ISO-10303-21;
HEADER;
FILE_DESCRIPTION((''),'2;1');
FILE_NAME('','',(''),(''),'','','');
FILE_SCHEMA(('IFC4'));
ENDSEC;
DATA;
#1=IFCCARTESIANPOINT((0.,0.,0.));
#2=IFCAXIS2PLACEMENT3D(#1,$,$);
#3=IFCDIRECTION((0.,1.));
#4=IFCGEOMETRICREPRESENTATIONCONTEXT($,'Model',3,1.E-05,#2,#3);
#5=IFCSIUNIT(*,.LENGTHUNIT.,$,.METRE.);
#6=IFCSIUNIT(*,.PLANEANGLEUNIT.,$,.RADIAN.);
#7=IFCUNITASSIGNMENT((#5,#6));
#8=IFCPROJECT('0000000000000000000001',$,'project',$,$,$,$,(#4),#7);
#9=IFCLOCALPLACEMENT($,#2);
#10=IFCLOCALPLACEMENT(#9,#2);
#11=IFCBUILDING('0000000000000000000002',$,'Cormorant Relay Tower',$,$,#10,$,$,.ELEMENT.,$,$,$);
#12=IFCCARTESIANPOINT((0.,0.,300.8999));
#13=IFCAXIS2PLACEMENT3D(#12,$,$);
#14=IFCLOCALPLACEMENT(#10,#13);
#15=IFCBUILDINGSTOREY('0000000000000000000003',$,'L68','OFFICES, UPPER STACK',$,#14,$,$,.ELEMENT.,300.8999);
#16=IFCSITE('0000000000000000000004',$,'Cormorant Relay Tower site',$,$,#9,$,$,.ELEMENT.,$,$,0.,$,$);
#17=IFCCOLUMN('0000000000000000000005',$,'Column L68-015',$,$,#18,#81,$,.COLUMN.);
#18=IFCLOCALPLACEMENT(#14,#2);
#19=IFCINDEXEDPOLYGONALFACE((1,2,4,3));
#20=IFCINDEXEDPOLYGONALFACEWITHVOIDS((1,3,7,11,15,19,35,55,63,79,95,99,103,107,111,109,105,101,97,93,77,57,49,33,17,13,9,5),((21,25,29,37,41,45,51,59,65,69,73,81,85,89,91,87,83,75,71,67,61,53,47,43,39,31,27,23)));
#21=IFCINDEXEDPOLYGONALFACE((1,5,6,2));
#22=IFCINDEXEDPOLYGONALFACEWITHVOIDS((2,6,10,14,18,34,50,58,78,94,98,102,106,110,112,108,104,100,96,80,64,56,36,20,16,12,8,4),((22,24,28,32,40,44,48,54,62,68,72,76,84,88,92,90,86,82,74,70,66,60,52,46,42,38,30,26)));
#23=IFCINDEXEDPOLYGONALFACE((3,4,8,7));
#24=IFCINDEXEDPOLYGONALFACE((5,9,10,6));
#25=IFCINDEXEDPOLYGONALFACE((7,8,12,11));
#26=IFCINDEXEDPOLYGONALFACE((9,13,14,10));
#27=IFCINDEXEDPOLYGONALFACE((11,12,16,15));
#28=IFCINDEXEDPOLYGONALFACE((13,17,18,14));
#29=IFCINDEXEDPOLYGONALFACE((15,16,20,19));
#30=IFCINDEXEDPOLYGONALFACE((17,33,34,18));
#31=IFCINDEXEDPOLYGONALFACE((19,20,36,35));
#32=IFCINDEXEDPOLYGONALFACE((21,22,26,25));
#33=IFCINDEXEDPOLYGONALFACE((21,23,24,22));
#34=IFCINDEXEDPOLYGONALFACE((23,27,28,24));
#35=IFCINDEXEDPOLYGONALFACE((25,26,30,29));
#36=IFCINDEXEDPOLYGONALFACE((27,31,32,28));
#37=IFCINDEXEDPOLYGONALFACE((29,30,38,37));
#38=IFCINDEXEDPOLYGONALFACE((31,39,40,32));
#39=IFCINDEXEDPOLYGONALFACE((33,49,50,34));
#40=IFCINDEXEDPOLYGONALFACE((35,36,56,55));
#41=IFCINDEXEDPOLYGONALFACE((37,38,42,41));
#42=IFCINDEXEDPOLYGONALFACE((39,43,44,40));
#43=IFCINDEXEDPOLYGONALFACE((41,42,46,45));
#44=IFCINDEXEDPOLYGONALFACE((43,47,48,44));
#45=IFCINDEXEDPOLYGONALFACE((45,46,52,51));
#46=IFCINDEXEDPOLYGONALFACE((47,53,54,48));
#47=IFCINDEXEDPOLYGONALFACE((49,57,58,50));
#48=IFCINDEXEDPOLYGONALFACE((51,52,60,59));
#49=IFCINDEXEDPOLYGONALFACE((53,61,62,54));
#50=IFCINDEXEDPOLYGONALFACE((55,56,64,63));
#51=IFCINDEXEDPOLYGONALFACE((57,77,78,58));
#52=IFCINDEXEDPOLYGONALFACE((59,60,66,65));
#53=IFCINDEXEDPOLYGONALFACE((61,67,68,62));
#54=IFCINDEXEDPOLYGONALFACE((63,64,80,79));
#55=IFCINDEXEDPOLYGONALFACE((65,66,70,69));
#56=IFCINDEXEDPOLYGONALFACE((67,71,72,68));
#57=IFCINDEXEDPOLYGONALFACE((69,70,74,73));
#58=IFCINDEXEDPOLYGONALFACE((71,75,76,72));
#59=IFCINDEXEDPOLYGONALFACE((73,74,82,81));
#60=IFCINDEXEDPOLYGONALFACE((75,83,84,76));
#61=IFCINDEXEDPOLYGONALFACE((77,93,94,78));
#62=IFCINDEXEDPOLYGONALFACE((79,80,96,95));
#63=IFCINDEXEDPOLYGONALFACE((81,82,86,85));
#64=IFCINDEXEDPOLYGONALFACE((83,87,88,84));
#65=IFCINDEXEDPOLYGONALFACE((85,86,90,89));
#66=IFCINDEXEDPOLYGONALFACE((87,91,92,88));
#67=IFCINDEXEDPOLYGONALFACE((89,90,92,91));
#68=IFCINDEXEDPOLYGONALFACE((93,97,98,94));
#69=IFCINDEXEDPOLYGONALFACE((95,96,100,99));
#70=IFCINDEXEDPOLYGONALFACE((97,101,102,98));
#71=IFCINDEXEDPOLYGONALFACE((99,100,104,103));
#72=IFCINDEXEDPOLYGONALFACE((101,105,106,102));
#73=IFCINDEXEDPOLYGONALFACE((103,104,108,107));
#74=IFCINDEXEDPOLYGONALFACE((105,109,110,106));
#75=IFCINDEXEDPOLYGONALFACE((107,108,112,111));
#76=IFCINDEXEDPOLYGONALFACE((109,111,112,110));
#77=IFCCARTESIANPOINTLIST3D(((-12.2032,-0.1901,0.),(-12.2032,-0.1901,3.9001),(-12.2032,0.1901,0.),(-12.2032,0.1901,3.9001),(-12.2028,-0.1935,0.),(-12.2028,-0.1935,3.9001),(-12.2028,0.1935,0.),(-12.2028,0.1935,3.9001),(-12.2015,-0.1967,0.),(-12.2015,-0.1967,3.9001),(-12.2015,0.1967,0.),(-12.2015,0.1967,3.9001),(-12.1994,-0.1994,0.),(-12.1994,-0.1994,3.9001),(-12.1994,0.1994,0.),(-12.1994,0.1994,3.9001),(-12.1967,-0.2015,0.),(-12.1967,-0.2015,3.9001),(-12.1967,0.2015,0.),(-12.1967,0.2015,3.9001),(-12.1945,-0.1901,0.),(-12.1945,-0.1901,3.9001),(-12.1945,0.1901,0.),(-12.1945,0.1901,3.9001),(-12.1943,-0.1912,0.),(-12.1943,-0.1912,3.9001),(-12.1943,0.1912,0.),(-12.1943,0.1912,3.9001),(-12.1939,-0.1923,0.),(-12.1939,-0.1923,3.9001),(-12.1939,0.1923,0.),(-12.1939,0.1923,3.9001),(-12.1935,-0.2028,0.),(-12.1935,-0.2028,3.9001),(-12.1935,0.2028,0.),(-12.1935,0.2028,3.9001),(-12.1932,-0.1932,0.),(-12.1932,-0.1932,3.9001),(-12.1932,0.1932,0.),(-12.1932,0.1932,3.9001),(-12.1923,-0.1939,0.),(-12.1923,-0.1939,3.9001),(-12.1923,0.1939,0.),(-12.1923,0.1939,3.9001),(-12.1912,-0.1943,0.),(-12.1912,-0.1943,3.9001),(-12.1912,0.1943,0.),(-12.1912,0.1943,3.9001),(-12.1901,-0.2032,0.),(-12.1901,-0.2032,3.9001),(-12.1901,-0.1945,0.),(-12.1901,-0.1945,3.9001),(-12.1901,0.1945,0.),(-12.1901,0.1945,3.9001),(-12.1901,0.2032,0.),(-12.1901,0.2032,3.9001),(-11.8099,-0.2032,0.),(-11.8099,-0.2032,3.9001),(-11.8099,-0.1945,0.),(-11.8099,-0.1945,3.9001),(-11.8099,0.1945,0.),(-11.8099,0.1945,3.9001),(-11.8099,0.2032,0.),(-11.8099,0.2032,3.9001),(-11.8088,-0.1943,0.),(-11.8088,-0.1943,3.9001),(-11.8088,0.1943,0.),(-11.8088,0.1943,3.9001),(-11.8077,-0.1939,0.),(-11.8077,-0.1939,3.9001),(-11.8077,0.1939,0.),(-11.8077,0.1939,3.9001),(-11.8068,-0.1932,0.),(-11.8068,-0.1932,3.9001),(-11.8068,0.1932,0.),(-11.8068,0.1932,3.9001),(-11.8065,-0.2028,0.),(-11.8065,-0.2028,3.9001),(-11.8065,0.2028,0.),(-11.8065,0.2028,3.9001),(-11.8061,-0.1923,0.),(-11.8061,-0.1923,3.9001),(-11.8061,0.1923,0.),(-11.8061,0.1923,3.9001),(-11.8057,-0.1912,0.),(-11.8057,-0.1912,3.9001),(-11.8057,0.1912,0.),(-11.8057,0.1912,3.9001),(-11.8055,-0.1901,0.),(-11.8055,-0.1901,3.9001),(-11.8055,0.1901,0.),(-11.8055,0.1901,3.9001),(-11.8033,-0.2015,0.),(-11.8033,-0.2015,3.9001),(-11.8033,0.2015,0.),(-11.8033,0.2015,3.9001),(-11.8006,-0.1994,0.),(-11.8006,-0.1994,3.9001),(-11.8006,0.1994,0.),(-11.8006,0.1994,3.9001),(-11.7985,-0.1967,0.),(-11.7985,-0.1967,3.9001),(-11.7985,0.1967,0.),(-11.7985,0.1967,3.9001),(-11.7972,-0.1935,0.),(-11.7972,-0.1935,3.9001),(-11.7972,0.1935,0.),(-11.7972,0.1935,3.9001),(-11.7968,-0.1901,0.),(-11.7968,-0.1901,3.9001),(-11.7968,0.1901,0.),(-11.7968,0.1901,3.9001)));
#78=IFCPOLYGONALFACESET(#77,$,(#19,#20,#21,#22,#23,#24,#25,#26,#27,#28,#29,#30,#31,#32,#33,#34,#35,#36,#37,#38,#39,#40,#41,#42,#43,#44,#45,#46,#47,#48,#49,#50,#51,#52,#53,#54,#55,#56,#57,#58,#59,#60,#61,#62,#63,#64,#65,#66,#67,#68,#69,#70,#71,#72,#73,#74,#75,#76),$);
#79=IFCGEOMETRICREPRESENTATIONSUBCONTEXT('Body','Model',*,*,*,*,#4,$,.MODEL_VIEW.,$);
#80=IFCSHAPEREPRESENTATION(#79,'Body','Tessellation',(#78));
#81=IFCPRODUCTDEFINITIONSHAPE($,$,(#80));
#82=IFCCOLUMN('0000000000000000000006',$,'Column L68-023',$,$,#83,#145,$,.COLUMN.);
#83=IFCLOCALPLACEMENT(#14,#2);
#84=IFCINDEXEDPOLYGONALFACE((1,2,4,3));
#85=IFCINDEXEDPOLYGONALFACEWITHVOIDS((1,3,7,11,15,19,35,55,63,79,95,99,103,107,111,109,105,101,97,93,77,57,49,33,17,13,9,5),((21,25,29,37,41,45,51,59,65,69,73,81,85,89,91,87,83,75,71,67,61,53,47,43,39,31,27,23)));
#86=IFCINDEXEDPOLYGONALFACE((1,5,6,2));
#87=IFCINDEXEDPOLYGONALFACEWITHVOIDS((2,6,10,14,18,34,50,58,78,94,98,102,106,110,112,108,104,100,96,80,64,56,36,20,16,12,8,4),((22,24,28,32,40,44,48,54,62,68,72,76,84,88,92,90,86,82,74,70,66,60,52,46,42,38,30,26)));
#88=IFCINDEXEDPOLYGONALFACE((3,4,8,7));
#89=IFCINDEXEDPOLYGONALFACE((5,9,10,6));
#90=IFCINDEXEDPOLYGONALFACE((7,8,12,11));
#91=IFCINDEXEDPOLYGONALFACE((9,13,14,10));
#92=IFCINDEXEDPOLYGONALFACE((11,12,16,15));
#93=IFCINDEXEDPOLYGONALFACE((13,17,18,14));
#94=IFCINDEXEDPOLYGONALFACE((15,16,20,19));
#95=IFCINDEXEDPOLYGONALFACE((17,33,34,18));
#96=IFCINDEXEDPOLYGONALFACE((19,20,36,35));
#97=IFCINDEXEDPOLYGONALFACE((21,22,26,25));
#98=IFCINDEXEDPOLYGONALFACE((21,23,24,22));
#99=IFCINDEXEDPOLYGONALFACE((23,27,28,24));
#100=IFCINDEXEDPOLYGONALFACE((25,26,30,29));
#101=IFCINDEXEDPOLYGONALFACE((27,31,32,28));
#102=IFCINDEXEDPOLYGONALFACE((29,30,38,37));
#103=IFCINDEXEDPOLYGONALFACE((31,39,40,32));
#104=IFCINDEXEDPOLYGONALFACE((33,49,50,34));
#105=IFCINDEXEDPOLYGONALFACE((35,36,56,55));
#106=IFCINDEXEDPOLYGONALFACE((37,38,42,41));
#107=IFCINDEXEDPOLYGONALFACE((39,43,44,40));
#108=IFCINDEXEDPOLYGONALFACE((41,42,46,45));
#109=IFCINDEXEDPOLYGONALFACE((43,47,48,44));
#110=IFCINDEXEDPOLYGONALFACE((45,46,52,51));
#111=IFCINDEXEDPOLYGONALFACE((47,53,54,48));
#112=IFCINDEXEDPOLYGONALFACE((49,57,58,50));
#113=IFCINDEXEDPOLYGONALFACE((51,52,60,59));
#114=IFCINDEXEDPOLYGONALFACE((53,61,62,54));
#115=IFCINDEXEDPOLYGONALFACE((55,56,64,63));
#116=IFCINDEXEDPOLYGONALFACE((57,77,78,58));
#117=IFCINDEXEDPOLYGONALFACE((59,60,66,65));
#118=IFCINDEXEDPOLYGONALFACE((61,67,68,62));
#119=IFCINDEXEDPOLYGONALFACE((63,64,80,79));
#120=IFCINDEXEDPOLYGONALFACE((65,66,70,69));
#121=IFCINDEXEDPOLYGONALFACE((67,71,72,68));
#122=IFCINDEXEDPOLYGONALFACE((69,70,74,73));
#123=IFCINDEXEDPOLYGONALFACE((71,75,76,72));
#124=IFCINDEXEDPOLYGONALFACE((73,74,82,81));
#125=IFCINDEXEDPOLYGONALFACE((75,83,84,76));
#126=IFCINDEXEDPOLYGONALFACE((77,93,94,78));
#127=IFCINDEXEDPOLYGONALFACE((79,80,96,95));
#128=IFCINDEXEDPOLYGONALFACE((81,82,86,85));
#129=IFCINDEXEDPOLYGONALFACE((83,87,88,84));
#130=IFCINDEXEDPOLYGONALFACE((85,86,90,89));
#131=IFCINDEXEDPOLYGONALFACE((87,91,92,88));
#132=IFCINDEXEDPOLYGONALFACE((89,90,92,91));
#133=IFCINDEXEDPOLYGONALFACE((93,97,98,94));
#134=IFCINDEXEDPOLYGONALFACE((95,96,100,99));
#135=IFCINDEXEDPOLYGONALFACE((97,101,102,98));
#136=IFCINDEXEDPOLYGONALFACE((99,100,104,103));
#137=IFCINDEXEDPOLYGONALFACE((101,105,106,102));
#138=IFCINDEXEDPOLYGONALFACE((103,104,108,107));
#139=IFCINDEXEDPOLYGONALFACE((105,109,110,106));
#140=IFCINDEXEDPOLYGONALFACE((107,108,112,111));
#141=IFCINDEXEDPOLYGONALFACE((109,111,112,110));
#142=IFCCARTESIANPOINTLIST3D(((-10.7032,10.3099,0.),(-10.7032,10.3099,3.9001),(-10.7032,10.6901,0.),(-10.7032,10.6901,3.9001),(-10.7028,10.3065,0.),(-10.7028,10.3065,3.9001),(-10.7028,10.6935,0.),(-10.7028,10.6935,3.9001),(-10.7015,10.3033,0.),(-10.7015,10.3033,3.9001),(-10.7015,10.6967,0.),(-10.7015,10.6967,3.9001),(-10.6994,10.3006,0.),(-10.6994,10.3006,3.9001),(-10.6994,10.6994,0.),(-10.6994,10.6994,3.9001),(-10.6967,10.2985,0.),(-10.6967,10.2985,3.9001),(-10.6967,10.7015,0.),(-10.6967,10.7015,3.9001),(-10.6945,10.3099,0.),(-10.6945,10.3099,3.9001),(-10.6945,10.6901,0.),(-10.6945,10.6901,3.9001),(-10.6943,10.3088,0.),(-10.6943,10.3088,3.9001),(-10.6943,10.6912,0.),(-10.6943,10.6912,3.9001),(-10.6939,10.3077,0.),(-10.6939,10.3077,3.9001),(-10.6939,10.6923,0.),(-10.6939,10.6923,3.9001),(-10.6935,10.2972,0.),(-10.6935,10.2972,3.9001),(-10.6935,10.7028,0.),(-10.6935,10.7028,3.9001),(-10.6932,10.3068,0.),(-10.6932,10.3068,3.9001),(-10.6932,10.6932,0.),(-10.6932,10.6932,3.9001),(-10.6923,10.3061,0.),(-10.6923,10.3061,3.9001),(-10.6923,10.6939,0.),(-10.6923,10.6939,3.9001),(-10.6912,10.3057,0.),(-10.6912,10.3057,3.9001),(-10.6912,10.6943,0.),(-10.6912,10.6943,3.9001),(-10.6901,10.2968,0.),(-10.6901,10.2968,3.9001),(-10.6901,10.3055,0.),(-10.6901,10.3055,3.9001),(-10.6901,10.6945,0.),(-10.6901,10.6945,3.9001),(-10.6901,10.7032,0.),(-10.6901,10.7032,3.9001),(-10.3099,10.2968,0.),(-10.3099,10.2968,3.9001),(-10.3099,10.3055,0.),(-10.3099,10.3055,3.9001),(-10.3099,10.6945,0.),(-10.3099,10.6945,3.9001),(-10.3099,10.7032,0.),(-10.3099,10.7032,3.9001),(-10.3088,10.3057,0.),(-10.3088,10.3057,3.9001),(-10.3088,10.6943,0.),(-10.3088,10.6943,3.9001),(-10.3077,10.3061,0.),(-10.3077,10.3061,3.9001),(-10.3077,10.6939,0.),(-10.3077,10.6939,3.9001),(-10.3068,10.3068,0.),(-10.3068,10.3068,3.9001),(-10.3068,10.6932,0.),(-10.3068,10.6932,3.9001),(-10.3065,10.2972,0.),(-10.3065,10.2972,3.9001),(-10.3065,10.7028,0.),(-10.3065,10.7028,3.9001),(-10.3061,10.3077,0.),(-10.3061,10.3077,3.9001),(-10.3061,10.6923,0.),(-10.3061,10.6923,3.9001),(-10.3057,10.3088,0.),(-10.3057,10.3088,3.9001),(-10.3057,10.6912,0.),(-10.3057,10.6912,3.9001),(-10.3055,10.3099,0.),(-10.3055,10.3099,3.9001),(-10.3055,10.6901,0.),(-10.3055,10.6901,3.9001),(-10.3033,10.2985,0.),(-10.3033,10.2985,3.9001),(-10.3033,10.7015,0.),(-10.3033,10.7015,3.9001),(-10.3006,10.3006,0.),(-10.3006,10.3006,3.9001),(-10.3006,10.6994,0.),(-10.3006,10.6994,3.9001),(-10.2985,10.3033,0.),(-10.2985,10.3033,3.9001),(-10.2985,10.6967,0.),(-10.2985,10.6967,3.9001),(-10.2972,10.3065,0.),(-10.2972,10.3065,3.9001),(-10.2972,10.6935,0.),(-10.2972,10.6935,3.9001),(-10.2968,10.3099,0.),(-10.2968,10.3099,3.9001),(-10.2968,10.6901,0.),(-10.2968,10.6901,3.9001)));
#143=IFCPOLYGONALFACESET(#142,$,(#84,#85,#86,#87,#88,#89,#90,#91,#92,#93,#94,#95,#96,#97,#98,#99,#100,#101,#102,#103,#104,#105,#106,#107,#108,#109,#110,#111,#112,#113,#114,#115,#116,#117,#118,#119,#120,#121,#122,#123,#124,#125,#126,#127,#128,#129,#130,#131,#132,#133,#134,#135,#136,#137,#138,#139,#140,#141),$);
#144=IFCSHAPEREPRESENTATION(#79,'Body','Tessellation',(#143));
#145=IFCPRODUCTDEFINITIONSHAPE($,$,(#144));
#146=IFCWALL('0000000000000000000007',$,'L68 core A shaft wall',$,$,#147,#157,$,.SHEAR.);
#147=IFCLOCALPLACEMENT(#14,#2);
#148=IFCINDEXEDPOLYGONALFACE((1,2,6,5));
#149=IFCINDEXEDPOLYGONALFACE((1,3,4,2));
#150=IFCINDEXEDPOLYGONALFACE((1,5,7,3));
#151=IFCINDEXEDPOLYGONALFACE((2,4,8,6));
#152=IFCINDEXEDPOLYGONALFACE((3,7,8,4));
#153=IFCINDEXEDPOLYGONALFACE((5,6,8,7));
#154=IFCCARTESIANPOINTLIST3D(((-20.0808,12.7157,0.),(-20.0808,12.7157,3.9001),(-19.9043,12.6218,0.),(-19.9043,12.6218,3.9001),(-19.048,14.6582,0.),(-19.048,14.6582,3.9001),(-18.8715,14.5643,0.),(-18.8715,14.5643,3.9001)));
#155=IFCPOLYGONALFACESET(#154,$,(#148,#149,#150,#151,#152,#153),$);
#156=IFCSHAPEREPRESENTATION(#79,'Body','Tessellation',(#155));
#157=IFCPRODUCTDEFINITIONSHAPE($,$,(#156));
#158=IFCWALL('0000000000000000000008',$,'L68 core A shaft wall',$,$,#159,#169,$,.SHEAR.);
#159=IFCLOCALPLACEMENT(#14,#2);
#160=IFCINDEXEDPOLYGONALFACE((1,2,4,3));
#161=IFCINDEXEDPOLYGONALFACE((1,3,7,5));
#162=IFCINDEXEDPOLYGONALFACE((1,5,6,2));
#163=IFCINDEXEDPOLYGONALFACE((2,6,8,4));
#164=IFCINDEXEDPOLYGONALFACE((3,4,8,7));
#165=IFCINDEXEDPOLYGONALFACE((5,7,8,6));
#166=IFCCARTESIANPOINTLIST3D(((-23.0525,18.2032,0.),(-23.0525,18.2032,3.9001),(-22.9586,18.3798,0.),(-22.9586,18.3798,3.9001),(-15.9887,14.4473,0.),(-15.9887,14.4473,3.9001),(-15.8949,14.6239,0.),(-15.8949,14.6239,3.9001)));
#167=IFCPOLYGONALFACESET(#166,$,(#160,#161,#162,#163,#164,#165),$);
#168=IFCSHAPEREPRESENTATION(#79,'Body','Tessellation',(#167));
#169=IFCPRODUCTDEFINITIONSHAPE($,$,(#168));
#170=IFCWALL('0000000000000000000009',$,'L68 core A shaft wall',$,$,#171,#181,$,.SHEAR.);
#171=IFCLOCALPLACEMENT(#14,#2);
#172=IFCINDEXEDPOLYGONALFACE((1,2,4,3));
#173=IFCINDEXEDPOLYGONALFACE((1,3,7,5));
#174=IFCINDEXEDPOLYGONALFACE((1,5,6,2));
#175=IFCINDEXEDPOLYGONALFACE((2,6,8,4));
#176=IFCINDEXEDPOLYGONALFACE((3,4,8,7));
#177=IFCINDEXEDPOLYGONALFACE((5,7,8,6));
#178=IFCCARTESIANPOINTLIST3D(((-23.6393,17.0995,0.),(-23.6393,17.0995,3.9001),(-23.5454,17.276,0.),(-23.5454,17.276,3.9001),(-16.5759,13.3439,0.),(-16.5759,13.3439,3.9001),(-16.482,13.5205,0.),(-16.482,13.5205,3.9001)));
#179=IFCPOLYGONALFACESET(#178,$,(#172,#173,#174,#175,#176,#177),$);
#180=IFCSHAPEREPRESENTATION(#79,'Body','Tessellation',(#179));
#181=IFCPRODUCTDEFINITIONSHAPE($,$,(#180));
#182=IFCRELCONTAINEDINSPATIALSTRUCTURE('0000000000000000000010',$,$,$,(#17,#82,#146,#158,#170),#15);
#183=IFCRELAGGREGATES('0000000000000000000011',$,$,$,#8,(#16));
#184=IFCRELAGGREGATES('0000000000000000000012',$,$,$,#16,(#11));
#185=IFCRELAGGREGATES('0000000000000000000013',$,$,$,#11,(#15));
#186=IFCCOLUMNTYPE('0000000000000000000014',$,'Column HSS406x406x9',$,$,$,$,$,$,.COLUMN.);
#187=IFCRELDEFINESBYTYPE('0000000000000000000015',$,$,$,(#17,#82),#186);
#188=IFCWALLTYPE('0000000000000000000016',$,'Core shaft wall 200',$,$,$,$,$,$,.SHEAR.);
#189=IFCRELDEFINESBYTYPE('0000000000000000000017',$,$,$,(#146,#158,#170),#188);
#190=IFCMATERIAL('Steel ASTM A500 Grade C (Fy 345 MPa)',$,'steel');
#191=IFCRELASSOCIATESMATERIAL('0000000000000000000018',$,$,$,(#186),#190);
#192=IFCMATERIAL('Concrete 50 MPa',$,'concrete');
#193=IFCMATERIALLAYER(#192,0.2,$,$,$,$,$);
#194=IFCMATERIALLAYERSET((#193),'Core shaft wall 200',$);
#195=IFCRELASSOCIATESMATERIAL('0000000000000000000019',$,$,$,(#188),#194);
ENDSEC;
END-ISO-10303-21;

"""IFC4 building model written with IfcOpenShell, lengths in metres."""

from ifc_helpers import new_model, si_unit, direction, frame, frame_2d, origin, origin_2d, place, context, subcontext, project, spatial, rectangle, hollow_rectangle, extrude, material, layer, layer_set, material_profile, profile_set, type_object, element, save


model = new_model("IFC4")

# Units and contexts
model_context = context("Model", 3, precision=1e-05, world=origin(), true_north=direction((0.0, 1.0)))
body_context = subcontext(model_context, "Body", "Model", "MODEL_VIEW")
ifc_project = project(units=[si_unit("LENGTHUNIT", "METRE"), si_unit("PLANEANGLEUNIT", "RADIAN")], contexts=[model_context])

# Site, building, storey
site_placement = place(None, origin())
site = spatial("IfcSite", under=ifc_project, at=site_placement, Name="Cormorant Relay Tower site", CompositionType="ELEMENT", RefElevation=0.0)
building_placement = place(site_placement, origin())
building = spatial("IfcBuilding", under=site, at=building_placement, Name="Cormorant Relay Tower", CompositionType="ELEMENT")
storey_placement = place(building_placement, frame((0.0, 0.0, 300.8999)))
storey = spatial("IfcBuildingStorey", under=building, at=storey_placement, Name="L68", Description="OFFICES, UPPER STACK", CompositionType="ELEMENT", Elevation=300.8999)

# Columns
ifc_material_1 = material(Name="Steel ASTM A500 Grade C (Fy 345 MPa)", Category="steel")
ifc_material_profile = material_profile(ifc_material_1, hollow_rectangle(XDim=0.4065, YDim=0.4065, WallThickness=0.0088, InnerFilletRadius=0.0044, OuterFilletRadius=0.0132, at=origin_2d()), Name="HSS406x406x9")
ifc_profile_set = profile_set([ifc_material_profile], Name="Steel ASTM A500 Grade C (Fy 345 MPa)")
column_type = type_object("IfcColumnType", Name="Column HSS406x406x9", PredefinedType="COLUMN", material=ifc_profile_set)
for number, where, z_axis, x_axis, name in (
    (1, (-12.0, 0.0, 0.0), (0.0, 0.0, 1.0), (1.0, 0.0, 0.0), "Column L68-015"),
    (2, (-10.5, 10.5, 0.0), (0.0, 0.0, 1.0), (1.0, 0.0, 0.0), "Column L68-023"),
):
    element("IfcColumn", number, at=place(storey_placement, frame(where, z_axis=z_axis, x_axis=x_axis)), inside=storey, type_object=column_type, Name=name, PredefinedType="COLUMN", context=body_context, shape_type="SweptSolid", body=[
        extrude(hollow_rectangle(XDim=0.4065, YDim=0.4065, WallThickness=0.0088, InnerFilletRadius=0.0044, OuterFilletRadius=0.0132, at=origin_2d()), origin(), (0.0, 0.0, 1.0), 3.9001),
    ])

# Walls
ifc_material_2 = material(Name="Concrete 50 MPa", Category="concrete")
ifc_layer_1 = layer(ifc_material_2, 0.2)
ifc_layer_set_1 = layer_set([ifc_layer_1], Name="Core shaft wall 200")
wall_type_1 = type_object("IfcWallType", Name="Core shaft wall 200", PredefinedType="SHEAR", material=ifc_layer_set_1)
wall_1_placement = place(storey_placement, frame((-18.9597, 14.6113, 0.0), z_axis=(0.0, 0.0, 1.0), x_axis=(-0.469447, -0.88296, 0.0)))
element("IfcWall", 3, at=wall_1_placement, inside=storey, type_object=wall_type_1, Name="L68 core A shaft wall", PredefinedType="SHEAR", context=body_context, shape_type="SweptSolid", body=[
    extrude(rectangle(XDim=2.2, YDim=0.2, at=frame_2d((1.1001, 0.0))), origin(), (0.0, 0.0, 1.0), 3.9001),
])
wall_2_placement = place(storey_placement, frame((-15.9419, 14.5356, 0.0), z_axis=(0.0, 0.0, 1.0), x_axis=(-0.882947, 0.469473, 0.0)))
element("IfcWall", 4, at=wall_2_placement, inside=storey, type_object=wall_type_1, Name="L68 core A shaft wall", PredefinedType="SHEAR", context=body_context, shape_type="SweptSolid", body=[
    extrude(rectangle(XDim=8.0002, YDim=0.2, at=frame_2d((4.0, 0.0))), origin(), (0.0, 0.0, 1.0), 3.9001),
])
wall_3_placement = place(storey_placement, frame((-16.5288, 13.4321, 0.0), z_axis=(0.0, 0.0, 1.0), x_axis=(-0.882953, 0.469462, 0.0)))
element("IfcWall", 5, at=wall_3_placement, inside=storey, type_object=wall_type_1, Name="L68 core A shaft wall", PredefinedType="SHEAR", context=body_context, shape_type="SweptSolid", body=[
    extrude(rectangle(XDim=7.9998, YDim=0.2, at=frame_2d((4.0, 0.0))), origin(), (0.0, 0.0, 1.0), 3.9001),
])

save(model, "model.ifc")
